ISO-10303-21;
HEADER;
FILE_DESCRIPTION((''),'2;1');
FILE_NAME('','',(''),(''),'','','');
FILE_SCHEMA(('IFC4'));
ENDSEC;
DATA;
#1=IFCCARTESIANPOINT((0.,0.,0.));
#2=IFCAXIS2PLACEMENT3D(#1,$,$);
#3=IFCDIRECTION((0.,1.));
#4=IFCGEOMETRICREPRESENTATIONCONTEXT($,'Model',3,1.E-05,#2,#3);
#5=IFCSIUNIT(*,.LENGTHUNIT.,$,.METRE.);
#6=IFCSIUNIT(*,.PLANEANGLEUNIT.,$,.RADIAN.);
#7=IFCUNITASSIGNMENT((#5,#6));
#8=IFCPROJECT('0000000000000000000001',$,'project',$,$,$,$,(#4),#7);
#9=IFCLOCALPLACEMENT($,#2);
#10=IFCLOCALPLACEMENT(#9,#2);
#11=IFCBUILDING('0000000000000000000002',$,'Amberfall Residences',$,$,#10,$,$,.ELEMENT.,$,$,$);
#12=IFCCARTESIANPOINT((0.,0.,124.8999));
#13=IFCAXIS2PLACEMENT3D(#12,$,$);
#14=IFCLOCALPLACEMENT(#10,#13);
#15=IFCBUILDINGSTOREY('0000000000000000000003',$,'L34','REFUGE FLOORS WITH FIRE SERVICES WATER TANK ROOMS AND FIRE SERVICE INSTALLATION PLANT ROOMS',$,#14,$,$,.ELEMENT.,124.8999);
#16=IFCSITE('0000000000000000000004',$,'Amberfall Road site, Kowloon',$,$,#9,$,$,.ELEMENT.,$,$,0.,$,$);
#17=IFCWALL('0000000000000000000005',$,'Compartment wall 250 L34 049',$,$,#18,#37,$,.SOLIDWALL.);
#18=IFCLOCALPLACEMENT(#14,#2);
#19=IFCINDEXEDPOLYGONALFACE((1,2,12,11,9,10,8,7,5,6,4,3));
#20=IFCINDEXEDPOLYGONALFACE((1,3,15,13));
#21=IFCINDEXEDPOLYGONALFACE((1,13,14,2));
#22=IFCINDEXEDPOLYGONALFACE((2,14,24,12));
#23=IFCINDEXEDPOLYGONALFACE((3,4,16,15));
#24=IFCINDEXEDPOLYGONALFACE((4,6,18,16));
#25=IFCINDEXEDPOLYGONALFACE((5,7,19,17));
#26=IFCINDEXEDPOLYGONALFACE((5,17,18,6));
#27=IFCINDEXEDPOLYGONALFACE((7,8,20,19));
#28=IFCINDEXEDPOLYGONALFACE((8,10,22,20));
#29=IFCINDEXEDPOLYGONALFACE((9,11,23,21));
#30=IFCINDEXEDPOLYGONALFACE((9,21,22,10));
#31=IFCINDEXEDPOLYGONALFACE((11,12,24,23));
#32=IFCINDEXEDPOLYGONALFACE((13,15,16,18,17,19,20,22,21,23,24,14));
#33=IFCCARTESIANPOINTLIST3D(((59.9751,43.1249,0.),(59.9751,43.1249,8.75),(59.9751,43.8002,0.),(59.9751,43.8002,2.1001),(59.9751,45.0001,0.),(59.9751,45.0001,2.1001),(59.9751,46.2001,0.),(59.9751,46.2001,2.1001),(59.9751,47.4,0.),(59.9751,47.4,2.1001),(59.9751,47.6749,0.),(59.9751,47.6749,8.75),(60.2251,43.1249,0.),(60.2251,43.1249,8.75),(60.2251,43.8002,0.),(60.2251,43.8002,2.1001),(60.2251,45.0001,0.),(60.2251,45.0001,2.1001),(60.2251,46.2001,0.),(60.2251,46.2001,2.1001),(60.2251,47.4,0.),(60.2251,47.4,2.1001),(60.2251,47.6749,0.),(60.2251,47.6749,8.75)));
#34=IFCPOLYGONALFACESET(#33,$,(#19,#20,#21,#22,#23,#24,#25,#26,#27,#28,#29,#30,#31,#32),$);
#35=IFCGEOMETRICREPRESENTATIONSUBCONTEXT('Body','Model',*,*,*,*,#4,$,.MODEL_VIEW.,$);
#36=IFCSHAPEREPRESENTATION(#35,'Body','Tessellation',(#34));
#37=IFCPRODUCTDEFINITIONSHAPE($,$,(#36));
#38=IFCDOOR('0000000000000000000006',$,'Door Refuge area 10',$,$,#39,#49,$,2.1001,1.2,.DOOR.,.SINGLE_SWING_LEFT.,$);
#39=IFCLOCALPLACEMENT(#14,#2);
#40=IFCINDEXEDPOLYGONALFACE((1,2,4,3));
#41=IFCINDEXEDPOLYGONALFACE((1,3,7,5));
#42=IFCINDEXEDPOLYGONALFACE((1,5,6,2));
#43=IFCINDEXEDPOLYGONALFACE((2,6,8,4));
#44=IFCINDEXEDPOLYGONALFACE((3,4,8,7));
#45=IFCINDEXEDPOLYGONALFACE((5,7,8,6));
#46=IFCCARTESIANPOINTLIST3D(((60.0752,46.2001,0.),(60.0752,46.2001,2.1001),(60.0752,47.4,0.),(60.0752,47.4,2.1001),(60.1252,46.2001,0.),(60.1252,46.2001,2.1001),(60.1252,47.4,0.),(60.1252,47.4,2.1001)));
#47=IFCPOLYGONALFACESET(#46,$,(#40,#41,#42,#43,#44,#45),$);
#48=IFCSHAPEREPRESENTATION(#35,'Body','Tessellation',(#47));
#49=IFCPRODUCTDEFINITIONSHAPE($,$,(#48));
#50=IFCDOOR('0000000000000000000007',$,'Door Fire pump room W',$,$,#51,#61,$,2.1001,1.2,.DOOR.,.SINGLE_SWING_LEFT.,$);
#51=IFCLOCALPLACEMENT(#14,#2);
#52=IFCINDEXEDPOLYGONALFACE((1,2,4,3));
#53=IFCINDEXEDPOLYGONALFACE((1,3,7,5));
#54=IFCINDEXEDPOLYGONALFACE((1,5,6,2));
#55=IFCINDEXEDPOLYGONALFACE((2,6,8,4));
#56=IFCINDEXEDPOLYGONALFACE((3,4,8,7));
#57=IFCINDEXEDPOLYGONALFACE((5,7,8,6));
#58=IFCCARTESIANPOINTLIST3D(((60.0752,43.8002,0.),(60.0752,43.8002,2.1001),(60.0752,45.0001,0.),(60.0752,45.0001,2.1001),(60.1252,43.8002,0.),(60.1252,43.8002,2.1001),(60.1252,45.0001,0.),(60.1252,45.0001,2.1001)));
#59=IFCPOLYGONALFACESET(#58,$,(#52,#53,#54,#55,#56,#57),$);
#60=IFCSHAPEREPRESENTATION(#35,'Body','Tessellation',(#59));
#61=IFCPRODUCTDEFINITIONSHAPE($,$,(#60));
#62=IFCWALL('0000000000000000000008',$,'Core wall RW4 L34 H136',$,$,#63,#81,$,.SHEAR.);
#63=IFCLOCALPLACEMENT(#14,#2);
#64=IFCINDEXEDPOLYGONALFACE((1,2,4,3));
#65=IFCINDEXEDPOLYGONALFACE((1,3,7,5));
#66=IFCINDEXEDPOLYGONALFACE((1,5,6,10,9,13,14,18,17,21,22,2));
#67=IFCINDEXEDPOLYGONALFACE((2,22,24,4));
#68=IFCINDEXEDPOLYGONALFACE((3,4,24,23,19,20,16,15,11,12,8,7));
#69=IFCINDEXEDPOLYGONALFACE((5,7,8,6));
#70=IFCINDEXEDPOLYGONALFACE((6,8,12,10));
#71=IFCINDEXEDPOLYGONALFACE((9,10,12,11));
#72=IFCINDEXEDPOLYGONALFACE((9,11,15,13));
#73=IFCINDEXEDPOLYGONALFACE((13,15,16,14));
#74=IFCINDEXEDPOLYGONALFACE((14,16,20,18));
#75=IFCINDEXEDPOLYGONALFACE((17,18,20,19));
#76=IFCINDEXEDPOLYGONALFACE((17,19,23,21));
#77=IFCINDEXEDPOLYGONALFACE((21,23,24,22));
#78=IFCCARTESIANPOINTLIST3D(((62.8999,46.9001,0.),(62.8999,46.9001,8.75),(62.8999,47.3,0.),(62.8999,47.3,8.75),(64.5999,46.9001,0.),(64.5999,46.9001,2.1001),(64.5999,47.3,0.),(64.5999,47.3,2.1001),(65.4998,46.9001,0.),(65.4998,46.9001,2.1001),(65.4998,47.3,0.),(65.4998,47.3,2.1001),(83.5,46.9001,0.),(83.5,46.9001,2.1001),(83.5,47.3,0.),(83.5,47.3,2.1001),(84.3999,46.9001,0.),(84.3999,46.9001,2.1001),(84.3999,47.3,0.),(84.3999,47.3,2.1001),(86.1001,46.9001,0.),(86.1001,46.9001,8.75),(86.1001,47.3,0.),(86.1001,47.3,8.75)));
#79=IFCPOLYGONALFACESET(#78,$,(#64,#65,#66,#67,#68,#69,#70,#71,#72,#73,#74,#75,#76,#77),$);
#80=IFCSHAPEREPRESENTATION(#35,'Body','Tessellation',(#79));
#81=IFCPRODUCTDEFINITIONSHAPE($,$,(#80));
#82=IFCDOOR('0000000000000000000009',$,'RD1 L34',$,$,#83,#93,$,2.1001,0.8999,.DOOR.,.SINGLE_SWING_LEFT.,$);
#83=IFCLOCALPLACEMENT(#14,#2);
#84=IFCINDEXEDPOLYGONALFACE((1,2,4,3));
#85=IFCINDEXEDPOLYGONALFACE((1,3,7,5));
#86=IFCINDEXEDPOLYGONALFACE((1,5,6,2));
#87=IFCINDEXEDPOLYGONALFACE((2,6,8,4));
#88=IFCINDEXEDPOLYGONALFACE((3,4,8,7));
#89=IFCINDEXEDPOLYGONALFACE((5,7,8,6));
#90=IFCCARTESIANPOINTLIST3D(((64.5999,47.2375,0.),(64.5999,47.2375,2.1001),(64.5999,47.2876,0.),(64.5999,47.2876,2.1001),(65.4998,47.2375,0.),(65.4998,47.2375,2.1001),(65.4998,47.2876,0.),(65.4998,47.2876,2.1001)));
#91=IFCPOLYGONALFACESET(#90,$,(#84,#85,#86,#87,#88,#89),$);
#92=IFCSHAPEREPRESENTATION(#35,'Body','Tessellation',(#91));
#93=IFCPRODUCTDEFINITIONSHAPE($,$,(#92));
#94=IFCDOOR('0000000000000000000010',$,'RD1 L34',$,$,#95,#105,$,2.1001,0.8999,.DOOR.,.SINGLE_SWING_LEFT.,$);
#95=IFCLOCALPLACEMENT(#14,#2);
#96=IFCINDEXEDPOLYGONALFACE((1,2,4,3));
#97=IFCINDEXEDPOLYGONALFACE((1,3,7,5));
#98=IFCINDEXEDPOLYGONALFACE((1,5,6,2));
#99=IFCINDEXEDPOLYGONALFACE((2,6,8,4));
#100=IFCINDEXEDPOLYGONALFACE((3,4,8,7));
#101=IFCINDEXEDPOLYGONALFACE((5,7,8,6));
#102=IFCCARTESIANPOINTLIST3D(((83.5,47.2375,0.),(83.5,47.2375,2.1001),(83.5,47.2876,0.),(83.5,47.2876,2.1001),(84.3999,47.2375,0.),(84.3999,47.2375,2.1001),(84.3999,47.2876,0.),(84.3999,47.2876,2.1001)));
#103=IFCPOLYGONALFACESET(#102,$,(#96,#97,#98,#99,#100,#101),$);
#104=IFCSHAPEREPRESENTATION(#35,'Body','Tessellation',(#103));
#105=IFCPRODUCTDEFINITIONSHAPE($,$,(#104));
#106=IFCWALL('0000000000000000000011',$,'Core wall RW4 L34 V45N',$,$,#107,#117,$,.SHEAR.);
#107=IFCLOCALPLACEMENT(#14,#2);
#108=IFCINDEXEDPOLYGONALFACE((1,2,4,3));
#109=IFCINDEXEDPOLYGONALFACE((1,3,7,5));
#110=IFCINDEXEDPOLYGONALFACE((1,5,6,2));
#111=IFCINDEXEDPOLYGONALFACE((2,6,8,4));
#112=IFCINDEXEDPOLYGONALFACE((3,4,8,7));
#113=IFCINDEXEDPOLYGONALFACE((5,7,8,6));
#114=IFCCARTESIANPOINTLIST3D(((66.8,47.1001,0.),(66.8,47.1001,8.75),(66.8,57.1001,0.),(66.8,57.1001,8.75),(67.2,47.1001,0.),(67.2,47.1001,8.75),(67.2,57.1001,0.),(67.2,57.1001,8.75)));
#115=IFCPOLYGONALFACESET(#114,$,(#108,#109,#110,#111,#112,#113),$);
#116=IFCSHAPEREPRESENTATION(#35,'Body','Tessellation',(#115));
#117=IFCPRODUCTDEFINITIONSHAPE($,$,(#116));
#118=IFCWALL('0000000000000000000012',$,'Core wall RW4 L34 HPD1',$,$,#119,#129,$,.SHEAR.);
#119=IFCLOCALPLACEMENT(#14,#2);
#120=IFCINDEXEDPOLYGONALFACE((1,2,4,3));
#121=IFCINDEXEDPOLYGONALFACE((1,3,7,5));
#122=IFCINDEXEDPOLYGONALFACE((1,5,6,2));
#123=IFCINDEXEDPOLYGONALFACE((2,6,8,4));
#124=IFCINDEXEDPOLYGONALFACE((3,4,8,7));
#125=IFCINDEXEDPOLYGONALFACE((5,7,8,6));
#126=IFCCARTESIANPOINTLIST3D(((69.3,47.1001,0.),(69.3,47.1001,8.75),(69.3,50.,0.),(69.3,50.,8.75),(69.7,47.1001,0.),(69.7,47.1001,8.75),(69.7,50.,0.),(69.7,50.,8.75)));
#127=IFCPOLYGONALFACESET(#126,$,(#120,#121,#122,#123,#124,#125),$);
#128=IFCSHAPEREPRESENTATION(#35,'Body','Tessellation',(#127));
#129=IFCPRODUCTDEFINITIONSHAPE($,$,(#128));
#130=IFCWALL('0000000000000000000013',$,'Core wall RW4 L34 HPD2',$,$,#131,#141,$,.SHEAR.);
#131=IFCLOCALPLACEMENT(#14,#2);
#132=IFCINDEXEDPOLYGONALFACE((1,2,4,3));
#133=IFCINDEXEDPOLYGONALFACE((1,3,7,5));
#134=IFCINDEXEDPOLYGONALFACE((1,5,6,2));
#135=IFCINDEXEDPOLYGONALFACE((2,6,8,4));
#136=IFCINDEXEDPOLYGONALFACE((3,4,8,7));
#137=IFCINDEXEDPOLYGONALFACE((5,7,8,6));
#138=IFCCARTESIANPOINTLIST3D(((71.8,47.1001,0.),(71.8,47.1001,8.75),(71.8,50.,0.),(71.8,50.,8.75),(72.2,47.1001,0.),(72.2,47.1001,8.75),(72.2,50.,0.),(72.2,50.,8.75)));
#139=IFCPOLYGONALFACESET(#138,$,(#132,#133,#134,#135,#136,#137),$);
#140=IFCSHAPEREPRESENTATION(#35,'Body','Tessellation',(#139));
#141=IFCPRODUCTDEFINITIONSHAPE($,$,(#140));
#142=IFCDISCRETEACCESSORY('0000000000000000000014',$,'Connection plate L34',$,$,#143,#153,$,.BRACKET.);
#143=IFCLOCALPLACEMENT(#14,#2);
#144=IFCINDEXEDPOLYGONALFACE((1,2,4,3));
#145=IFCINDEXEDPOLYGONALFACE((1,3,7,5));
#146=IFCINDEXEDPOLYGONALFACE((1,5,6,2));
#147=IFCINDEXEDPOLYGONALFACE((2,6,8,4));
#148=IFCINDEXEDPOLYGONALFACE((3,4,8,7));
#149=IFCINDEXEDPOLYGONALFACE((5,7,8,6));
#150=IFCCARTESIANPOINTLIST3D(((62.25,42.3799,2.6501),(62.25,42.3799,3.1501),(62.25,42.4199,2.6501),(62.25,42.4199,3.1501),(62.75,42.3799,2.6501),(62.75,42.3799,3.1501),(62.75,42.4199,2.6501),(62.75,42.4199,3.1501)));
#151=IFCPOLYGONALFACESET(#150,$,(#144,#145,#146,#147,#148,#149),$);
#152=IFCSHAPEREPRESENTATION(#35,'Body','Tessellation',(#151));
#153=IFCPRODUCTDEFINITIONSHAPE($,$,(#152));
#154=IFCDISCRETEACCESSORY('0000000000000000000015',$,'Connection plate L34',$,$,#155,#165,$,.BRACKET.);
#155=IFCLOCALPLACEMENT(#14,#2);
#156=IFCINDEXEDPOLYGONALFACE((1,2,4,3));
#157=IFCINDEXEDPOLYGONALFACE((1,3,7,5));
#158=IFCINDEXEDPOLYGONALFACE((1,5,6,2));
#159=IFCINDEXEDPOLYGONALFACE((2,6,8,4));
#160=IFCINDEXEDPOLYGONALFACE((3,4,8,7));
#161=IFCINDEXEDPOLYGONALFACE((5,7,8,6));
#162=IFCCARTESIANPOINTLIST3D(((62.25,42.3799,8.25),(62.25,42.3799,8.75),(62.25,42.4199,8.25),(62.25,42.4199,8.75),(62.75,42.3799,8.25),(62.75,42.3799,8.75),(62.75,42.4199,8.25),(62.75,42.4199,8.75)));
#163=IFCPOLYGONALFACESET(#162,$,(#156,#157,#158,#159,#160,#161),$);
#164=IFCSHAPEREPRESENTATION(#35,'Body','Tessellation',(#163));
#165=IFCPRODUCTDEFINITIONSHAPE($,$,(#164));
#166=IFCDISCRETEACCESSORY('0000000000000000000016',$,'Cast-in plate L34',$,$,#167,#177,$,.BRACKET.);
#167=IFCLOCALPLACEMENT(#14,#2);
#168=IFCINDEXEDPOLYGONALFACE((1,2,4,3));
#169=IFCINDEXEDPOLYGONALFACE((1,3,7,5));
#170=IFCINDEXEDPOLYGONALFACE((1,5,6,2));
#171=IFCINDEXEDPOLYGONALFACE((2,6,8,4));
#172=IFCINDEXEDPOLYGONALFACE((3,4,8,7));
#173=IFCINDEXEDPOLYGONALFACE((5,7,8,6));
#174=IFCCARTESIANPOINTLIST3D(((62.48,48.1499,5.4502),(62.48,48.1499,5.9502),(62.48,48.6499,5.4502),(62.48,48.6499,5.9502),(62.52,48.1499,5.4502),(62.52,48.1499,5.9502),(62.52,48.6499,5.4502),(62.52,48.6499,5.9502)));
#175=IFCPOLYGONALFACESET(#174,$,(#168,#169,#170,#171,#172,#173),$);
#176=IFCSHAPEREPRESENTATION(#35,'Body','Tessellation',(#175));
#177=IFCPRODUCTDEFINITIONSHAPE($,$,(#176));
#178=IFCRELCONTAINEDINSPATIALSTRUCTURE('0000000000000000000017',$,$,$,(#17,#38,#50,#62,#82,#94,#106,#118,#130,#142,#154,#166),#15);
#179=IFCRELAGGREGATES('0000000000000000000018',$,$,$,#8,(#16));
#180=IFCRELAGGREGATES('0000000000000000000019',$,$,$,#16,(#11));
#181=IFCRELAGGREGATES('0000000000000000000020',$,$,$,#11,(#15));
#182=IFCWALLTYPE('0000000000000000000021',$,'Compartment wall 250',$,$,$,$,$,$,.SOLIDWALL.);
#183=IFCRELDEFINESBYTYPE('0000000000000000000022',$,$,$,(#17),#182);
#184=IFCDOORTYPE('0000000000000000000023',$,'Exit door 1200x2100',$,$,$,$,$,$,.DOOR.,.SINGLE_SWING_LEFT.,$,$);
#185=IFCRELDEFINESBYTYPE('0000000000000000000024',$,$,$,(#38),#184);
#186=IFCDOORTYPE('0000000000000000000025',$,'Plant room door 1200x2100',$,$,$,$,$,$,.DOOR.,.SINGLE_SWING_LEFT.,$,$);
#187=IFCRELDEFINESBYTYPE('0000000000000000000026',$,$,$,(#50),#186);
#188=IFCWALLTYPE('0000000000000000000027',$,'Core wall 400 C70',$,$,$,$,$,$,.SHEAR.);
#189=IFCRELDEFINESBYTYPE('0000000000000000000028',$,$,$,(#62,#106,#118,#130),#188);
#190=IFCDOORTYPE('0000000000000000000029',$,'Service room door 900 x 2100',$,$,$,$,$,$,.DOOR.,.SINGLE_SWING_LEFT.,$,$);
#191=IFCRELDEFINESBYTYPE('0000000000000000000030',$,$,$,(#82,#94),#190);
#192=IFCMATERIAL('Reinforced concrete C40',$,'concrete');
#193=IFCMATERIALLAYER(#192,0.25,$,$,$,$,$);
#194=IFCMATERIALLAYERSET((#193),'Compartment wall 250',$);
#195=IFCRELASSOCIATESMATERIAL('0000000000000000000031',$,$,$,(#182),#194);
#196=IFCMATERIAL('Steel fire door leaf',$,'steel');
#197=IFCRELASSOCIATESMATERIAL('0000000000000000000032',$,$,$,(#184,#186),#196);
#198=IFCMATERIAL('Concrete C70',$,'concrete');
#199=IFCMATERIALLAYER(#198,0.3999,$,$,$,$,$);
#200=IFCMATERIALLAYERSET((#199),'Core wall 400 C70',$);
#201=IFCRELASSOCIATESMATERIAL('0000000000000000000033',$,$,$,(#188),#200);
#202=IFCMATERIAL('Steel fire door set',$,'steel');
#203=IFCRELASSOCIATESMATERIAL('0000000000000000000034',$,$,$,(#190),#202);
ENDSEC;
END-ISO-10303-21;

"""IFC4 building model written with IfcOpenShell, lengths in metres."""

from ifc_helpers import new_model, si_unit, direction, frame, frame_2d, origin, origin_2d, place, context, subcontext, project, spatial, rectangle, extrude, material, layer, layer_set, type_object, element, fill, save


model = new_model("IFC4")

# Units and contexts
model_context = context("Model", 3, precision=1e-05, world=origin(), true_north=direction((0.0, 1.0)))
body_context = subcontext(model_context, "Body", "Model", "MODEL_VIEW")
ifc_project = project(units=[si_unit("LENGTHUNIT", "METRE"), si_unit("PLANEANGLEUNIT", "RADIAN")], contexts=[model_context])

# Site, building, storey
site_placement = place(None, origin())
site = spatial("IfcSite", under=ifc_project, at=site_placement, Name="Amberfall Road site, Kowloon", CompositionType="ELEMENT", RefElevation=0.0)
building_placement = place(site_placement, origin())
building = spatial("IfcBuilding", under=site, at=building_placement, Name="Amberfall Residences", CompositionType="ELEMENT")
storey_placement = place(building_placement, frame((0.0, 0.0, 124.8999)))
storey = spatial("IfcBuildingStorey", under=building, at=storey_placement, Name="L34", Description="REFUGE FLOORS WITH FIRE SERVICES WATER TANK ROOMS AND FIRE SERVICE INSTALLATION PLANT ROOMS", CompositionType="ELEMENT", Elevation=124.8999)

# Walls, openings, doors
ifc_material_1 = material(Name="Reinforced concrete C40", Category="concrete")
ifc_layer_1 = layer(ifc_material_1, 0.25)
ifc_layer_set_1 = layer_set([ifc_layer_1], Name="Compartment wall 250")
wall_type_1 = type_object("IfcWallType", Name="Compartment wall 250", PredefinedType="SOLIDWALL", material=ifc_layer_set_1)
wall_1_placement = place(storey_placement, frame((60.1001, 43.125, 0.0), z_axis=(0.0, 0.0, 1.0), x_axis=(0.0, 1.0, 0.0)))
wall_1 = element("IfcWall", 1, at=wall_1_placement, inside=storey, type_object=wall_type_1, Name="Compartment wall 250 L34 049", PredefinedType="SOLIDWALL", context=body_context, shape_type="SweptSolid", body=[
    extrude(rectangle(XDim=4.55, YDim=0.25, at=frame_2d((2.2749, 0.0))), origin(), (0.0, 0.0, 1.0), 8.75),
])
opening_1_placement = place(wall_1_placement, frame((0.675, 0.0, 0.0)))
opening_1 = element("IfcOpeningElement", 2, at=opening_1_placement, cuts=wall_1, PredefinedType="OPENING", context=body_context, shape_type="SweptSolid", body=[
    extrude(rectangle(XDim=1.2, YDim=2.1001, at=frame_2d((0.6001, 1.05))), frame((0.0, 0.135, 0.0), z_axis=(0.0, -1.0, 0.0), x_axis=(1.0, 0.0, 0.0)), (0.0, 0.0, 1.0), 0.27),
])
opening_2_placement = place(wall_1_placement, frame((3.075, 0.0, 0.0)))
opening_2 = element("IfcOpeningElement", 3, at=opening_2_placement, cuts=wall_1, PredefinedType="OPENING", context=body_context, shape_type="SweptSolid", body=[
    extrude(rectangle(XDim=1.2, YDim=2.1001, at=frame_2d((0.6001, 1.05))), frame((0.0, 0.135, 0.0), z_axis=(0.0, -1.0, 0.0), x_axis=(1.0, 0.0, 0.0)), (0.0, 0.0, 1.0), 0.27),
])
ifc_material_2 = material(Name="Steel fire door leaf", Category="steel")
door_type_1 = type_object("IfcDoorType", Name="Exit door 1200x2100", OperationType="SINGLE_SWING_LEFT", PredefinedType="DOOR", material=ifc_material_2)
door_1_placement = place(opening_2_placement, origin())
door_1 = element("IfcDoor", 4, at=door_1_placement, inside=storey, type_object=door_type_1, Name="Door Refuge area 10", OperationType="SINGLE_SWING_LEFT", OverallHeight=2.1001, OverallWidth=1.2, PredefinedType="DOOR", context=body_context, shape_type="SweptSolid", body=[
    extrude(rectangle(XDim=1.2, YDim=2.1001, at=frame_2d((0.6001, 1.05))), frame((0.0, 0.0249, 0.0), z_axis=(0.0, -1.0, 0.0), x_axis=(1.0, 0.0, 0.0)), (0.0, 0.0, 1.0), 0.05),
])
fill(opening_2, door_1)
door_type_2 = type_object("IfcDoorType", Name="Plant room door 1200x2100", OperationType="SINGLE_SWING_LEFT", PredefinedType="DOOR", material=ifc_material_2)
door_2_placement = place(opening_1_placement, origin())
door_2 = element("IfcDoor", 5, at=door_2_placement, inside=storey, type_object=door_type_2, Name="Door Fire pump room W", OperationType="SINGLE_SWING_LEFT", OverallHeight=2.1001, OverallWidth=1.2, PredefinedType="DOOR", context=body_context, shape_type="SweptSolid", body=[
    extrude(rectangle(XDim=1.2, YDim=2.1001, at=frame_2d((0.6001, 1.05))), frame((0.0, 0.0249, 0.0), z_axis=(0.0, -1.0, 0.0), x_axis=(1.0, 0.0, 0.0)), (0.0, 0.0, 1.0), 0.05),
])
fill(opening_1, door_2)
ifc_material_3 = material(Name="Concrete C70", Category="concrete")
ifc_layer_2 = layer(ifc_material_3, 0.3999)
ifc_layer_set_2 = layer_set([ifc_layer_2], Name="Core wall 400 C70")
wall_type_2 = type_object("IfcWallType", Name="Core wall 400 C70", PredefinedType="SHEAR", material=ifc_layer_set_2)
ifc_material_4 = material(Name="Steel fire door set", Category="steel")
door_type_3 = type_object("IfcDoorType", Name="Service room door 900 x 2100", OperationType="SINGLE_SWING_LEFT", PredefinedType="DOOR", material=ifc_material_4)
wall_2_placement = place(storey_placement, frame((62.8999, 47.1001, 0.0), z_axis=(0.0, 0.0, 1.0), x_axis=(1.0, 0.0, 0.0)))
wall_2 = element("IfcWall", 6, at=wall_2_placement, inside=storey, type_object=wall_type_2, Name="Core wall RW4 L34 H136", PredefinedType="SHEAR", context=body_context, shape_type="SweptSolid", body=[
    extrude(rectangle(XDim=23.2002, YDim=0.3999, at=frame_2d((11.6001, 0.0))), origin(), (0.0, 0.0, 1.0), 8.75),
])
opening_3_placement = place(wall_2_placement, frame((1.7, 0.0, 0.0)))
opening_3 = element("IfcOpeningElement", 7, at=opening_3_placement, cuts=wall_2, PredefinedType="OPENING", context=body_context, shape_type="SweptSolid", body=[
    extrude(rectangle(XDim=0.8999, YDim=2.1001, at=frame_2d((0.45, 1.05))), frame((0.0, 0.21, 0.0), z_axis=(0.0, -1.0, 0.0), x_axis=(1.0, 0.0, 0.0)), (0.0, 0.0, 1.0), 0.4199),
])
opening_4_placement = place(wall_2_placement, frame((20.6001, 0.0, 0.0)))
opening_4 = element("IfcOpeningElement", 8, at=opening_4_placement, cuts=wall_2, PredefinedType="OPENING", context=body_context, shape_type="SweptSolid", body=[
    extrude(rectangle(XDim=0.8999, YDim=2.1001, at=frame_2d((0.45, 1.05))), frame((0.0, 0.21, 0.0), z_axis=(0.0, -1.0, 0.0), x_axis=(1.0, 0.0, 0.0)), (0.0, 0.0, 1.0), 0.4199),
])
door_3_placement = place(opening_3_placement, origin())
door_3 = element("IfcDoor", 9, at=door_3_placement, inside=storey, type_object=door_type_3, Name="RD1 L34", OperationType="SINGLE_SWING_LEFT", OverallHeight=2.1001, OverallWidth=0.8999, PredefinedType="DOOR", context=body_context, shape_type="SweptSolid", body=[
    extrude(rectangle(XDim=0.8999, YDim=2.1001, at=frame_2d((0.45, 1.05))), frame((0.0, 0.1875, 0.0), z_axis=(0.0, -1.0, 0.0), x_axis=(1.0, 0.0, 0.0)), (0.0, 0.0, 1.0), 0.05),
])
fill(opening_3, door_3)
door_4_placement = place(opening_4_placement, origin())
door_4 = element("IfcDoor", 10, at=door_4_placement, inside=storey, type_object=door_type_3, Name="RD1 L34", OperationType="SINGLE_SWING_LEFT", OverallHeight=2.1001, OverallWidth=0.8999, PredefinedType="DOOR", context=body_context, shape_type="SweptSolid", body=[
    extrude(rectangle(XDim=0.8999, YDim=2.1001, at=frame_2d((0.45, 1.05))), frame((0.0, 0.1875, 0.0), z_axis=(0.0, -1.0, 0.0), x_axis=(1.0, 0.0, 0.0)), (0.0, 0.0, 1.0), 0.05),
])
fill(opening_4, door_4)

# Walls
wall_3_placement = place(storey_placement, frame((67.0, 47.1001, 0.0), z_axis=(0.0, 0.0, 1.0), x_axis=(0.0, 1.0, 0.0)))
element("IfcWall", 11, at=wall_3_placement, inside=storey, type_object=wall_type_2, Name="Core wall RW4 L34 V45N", PredefinedType="SHEAR", context=body_context, shape_type="SweptSolid", body=[
    extrude(rectangle(XDim=10.0, YDim=0.3999, at=frame_2d((5.0, 0.0))), origin(), (0.0, 0.0, 1.0), 8.75),
])
for number, where, z_axis, x_axis, name in (
    (12, (69.5, 47.1001, 0.0), (0.0, 0.0, 1.0), (0.0, 1.0, 0.0), "Core wall RW4 L34 HPD1"),
    (13, (72.0, 47.1001, 0.0), (0.0, 0.0, 1.0), (0.0, 1.0, 0.0), "Core wall RW4 L34 HPD2"),
):
    element("IfcWall", number, at=place(storey_placement, frame(where, z_axis=z_axis, x_axis=x_axis)), inside=storey, type_object=wall_type_2, Name=name, PredefinedType="SHEAR", context=body_context, shape_type="SweptSolid", body=[
        extrude(rectangle(XDim=2.8999, YDim=0.3999, at=frame_2d((1.45, 0.0))), origin(), (0.0, 0.0, 1.0), 8.75),
    ])

# Discrete accessories
for number, where, z_axis, x_axis, name in (
    (14, (62.5, 42.3999, 2.6501), (0.0, 0.0, 1.0), (1.0, 0.0, 0.0), "Connection plate L34"),
    (15, (62.5, 42.3999, 8.25), (0.0, 0.0, 1.0), (1.0, 0.0, 0.0), "Connection plate L34"),
):
    element("IfcDiscreteAccessory", number, at=place(storey_placement, frame(where, z_axis=z_axis, x_axis=x_axis)), inside=storey, Name=name, PredefinedType="BRACKET", context=body_context, shape_type="SweptSolid", body=[
        extrude(rectangle(XDim=0.5, YDim=0.04, at=origin_2d()), origin(), (0.0, 0.0, 1.0), 0.5),
    ])
discrete_accessory_placement = place(storey_placement, frame((62.5, 48.3999, 5.4502), z_axis=(0.0, 0.0, 1.0), x_axis=(1.0, 0.0, 0.0)))
element("IfcDiscreteAccessory", 16, at=discrete_accessory_placement, inside=storey, Name="Cast-in plate L34", PredefinedType="BRACKET", context=body_context, shape_type="SweptSolid", body=[
    extrude(rectangle(XDim=0.04, YDim=0.5, at=origin_2d()), origin(), (0.0, 0.0, 1.0), 0.5),
])

save(model, "model.ifc")
